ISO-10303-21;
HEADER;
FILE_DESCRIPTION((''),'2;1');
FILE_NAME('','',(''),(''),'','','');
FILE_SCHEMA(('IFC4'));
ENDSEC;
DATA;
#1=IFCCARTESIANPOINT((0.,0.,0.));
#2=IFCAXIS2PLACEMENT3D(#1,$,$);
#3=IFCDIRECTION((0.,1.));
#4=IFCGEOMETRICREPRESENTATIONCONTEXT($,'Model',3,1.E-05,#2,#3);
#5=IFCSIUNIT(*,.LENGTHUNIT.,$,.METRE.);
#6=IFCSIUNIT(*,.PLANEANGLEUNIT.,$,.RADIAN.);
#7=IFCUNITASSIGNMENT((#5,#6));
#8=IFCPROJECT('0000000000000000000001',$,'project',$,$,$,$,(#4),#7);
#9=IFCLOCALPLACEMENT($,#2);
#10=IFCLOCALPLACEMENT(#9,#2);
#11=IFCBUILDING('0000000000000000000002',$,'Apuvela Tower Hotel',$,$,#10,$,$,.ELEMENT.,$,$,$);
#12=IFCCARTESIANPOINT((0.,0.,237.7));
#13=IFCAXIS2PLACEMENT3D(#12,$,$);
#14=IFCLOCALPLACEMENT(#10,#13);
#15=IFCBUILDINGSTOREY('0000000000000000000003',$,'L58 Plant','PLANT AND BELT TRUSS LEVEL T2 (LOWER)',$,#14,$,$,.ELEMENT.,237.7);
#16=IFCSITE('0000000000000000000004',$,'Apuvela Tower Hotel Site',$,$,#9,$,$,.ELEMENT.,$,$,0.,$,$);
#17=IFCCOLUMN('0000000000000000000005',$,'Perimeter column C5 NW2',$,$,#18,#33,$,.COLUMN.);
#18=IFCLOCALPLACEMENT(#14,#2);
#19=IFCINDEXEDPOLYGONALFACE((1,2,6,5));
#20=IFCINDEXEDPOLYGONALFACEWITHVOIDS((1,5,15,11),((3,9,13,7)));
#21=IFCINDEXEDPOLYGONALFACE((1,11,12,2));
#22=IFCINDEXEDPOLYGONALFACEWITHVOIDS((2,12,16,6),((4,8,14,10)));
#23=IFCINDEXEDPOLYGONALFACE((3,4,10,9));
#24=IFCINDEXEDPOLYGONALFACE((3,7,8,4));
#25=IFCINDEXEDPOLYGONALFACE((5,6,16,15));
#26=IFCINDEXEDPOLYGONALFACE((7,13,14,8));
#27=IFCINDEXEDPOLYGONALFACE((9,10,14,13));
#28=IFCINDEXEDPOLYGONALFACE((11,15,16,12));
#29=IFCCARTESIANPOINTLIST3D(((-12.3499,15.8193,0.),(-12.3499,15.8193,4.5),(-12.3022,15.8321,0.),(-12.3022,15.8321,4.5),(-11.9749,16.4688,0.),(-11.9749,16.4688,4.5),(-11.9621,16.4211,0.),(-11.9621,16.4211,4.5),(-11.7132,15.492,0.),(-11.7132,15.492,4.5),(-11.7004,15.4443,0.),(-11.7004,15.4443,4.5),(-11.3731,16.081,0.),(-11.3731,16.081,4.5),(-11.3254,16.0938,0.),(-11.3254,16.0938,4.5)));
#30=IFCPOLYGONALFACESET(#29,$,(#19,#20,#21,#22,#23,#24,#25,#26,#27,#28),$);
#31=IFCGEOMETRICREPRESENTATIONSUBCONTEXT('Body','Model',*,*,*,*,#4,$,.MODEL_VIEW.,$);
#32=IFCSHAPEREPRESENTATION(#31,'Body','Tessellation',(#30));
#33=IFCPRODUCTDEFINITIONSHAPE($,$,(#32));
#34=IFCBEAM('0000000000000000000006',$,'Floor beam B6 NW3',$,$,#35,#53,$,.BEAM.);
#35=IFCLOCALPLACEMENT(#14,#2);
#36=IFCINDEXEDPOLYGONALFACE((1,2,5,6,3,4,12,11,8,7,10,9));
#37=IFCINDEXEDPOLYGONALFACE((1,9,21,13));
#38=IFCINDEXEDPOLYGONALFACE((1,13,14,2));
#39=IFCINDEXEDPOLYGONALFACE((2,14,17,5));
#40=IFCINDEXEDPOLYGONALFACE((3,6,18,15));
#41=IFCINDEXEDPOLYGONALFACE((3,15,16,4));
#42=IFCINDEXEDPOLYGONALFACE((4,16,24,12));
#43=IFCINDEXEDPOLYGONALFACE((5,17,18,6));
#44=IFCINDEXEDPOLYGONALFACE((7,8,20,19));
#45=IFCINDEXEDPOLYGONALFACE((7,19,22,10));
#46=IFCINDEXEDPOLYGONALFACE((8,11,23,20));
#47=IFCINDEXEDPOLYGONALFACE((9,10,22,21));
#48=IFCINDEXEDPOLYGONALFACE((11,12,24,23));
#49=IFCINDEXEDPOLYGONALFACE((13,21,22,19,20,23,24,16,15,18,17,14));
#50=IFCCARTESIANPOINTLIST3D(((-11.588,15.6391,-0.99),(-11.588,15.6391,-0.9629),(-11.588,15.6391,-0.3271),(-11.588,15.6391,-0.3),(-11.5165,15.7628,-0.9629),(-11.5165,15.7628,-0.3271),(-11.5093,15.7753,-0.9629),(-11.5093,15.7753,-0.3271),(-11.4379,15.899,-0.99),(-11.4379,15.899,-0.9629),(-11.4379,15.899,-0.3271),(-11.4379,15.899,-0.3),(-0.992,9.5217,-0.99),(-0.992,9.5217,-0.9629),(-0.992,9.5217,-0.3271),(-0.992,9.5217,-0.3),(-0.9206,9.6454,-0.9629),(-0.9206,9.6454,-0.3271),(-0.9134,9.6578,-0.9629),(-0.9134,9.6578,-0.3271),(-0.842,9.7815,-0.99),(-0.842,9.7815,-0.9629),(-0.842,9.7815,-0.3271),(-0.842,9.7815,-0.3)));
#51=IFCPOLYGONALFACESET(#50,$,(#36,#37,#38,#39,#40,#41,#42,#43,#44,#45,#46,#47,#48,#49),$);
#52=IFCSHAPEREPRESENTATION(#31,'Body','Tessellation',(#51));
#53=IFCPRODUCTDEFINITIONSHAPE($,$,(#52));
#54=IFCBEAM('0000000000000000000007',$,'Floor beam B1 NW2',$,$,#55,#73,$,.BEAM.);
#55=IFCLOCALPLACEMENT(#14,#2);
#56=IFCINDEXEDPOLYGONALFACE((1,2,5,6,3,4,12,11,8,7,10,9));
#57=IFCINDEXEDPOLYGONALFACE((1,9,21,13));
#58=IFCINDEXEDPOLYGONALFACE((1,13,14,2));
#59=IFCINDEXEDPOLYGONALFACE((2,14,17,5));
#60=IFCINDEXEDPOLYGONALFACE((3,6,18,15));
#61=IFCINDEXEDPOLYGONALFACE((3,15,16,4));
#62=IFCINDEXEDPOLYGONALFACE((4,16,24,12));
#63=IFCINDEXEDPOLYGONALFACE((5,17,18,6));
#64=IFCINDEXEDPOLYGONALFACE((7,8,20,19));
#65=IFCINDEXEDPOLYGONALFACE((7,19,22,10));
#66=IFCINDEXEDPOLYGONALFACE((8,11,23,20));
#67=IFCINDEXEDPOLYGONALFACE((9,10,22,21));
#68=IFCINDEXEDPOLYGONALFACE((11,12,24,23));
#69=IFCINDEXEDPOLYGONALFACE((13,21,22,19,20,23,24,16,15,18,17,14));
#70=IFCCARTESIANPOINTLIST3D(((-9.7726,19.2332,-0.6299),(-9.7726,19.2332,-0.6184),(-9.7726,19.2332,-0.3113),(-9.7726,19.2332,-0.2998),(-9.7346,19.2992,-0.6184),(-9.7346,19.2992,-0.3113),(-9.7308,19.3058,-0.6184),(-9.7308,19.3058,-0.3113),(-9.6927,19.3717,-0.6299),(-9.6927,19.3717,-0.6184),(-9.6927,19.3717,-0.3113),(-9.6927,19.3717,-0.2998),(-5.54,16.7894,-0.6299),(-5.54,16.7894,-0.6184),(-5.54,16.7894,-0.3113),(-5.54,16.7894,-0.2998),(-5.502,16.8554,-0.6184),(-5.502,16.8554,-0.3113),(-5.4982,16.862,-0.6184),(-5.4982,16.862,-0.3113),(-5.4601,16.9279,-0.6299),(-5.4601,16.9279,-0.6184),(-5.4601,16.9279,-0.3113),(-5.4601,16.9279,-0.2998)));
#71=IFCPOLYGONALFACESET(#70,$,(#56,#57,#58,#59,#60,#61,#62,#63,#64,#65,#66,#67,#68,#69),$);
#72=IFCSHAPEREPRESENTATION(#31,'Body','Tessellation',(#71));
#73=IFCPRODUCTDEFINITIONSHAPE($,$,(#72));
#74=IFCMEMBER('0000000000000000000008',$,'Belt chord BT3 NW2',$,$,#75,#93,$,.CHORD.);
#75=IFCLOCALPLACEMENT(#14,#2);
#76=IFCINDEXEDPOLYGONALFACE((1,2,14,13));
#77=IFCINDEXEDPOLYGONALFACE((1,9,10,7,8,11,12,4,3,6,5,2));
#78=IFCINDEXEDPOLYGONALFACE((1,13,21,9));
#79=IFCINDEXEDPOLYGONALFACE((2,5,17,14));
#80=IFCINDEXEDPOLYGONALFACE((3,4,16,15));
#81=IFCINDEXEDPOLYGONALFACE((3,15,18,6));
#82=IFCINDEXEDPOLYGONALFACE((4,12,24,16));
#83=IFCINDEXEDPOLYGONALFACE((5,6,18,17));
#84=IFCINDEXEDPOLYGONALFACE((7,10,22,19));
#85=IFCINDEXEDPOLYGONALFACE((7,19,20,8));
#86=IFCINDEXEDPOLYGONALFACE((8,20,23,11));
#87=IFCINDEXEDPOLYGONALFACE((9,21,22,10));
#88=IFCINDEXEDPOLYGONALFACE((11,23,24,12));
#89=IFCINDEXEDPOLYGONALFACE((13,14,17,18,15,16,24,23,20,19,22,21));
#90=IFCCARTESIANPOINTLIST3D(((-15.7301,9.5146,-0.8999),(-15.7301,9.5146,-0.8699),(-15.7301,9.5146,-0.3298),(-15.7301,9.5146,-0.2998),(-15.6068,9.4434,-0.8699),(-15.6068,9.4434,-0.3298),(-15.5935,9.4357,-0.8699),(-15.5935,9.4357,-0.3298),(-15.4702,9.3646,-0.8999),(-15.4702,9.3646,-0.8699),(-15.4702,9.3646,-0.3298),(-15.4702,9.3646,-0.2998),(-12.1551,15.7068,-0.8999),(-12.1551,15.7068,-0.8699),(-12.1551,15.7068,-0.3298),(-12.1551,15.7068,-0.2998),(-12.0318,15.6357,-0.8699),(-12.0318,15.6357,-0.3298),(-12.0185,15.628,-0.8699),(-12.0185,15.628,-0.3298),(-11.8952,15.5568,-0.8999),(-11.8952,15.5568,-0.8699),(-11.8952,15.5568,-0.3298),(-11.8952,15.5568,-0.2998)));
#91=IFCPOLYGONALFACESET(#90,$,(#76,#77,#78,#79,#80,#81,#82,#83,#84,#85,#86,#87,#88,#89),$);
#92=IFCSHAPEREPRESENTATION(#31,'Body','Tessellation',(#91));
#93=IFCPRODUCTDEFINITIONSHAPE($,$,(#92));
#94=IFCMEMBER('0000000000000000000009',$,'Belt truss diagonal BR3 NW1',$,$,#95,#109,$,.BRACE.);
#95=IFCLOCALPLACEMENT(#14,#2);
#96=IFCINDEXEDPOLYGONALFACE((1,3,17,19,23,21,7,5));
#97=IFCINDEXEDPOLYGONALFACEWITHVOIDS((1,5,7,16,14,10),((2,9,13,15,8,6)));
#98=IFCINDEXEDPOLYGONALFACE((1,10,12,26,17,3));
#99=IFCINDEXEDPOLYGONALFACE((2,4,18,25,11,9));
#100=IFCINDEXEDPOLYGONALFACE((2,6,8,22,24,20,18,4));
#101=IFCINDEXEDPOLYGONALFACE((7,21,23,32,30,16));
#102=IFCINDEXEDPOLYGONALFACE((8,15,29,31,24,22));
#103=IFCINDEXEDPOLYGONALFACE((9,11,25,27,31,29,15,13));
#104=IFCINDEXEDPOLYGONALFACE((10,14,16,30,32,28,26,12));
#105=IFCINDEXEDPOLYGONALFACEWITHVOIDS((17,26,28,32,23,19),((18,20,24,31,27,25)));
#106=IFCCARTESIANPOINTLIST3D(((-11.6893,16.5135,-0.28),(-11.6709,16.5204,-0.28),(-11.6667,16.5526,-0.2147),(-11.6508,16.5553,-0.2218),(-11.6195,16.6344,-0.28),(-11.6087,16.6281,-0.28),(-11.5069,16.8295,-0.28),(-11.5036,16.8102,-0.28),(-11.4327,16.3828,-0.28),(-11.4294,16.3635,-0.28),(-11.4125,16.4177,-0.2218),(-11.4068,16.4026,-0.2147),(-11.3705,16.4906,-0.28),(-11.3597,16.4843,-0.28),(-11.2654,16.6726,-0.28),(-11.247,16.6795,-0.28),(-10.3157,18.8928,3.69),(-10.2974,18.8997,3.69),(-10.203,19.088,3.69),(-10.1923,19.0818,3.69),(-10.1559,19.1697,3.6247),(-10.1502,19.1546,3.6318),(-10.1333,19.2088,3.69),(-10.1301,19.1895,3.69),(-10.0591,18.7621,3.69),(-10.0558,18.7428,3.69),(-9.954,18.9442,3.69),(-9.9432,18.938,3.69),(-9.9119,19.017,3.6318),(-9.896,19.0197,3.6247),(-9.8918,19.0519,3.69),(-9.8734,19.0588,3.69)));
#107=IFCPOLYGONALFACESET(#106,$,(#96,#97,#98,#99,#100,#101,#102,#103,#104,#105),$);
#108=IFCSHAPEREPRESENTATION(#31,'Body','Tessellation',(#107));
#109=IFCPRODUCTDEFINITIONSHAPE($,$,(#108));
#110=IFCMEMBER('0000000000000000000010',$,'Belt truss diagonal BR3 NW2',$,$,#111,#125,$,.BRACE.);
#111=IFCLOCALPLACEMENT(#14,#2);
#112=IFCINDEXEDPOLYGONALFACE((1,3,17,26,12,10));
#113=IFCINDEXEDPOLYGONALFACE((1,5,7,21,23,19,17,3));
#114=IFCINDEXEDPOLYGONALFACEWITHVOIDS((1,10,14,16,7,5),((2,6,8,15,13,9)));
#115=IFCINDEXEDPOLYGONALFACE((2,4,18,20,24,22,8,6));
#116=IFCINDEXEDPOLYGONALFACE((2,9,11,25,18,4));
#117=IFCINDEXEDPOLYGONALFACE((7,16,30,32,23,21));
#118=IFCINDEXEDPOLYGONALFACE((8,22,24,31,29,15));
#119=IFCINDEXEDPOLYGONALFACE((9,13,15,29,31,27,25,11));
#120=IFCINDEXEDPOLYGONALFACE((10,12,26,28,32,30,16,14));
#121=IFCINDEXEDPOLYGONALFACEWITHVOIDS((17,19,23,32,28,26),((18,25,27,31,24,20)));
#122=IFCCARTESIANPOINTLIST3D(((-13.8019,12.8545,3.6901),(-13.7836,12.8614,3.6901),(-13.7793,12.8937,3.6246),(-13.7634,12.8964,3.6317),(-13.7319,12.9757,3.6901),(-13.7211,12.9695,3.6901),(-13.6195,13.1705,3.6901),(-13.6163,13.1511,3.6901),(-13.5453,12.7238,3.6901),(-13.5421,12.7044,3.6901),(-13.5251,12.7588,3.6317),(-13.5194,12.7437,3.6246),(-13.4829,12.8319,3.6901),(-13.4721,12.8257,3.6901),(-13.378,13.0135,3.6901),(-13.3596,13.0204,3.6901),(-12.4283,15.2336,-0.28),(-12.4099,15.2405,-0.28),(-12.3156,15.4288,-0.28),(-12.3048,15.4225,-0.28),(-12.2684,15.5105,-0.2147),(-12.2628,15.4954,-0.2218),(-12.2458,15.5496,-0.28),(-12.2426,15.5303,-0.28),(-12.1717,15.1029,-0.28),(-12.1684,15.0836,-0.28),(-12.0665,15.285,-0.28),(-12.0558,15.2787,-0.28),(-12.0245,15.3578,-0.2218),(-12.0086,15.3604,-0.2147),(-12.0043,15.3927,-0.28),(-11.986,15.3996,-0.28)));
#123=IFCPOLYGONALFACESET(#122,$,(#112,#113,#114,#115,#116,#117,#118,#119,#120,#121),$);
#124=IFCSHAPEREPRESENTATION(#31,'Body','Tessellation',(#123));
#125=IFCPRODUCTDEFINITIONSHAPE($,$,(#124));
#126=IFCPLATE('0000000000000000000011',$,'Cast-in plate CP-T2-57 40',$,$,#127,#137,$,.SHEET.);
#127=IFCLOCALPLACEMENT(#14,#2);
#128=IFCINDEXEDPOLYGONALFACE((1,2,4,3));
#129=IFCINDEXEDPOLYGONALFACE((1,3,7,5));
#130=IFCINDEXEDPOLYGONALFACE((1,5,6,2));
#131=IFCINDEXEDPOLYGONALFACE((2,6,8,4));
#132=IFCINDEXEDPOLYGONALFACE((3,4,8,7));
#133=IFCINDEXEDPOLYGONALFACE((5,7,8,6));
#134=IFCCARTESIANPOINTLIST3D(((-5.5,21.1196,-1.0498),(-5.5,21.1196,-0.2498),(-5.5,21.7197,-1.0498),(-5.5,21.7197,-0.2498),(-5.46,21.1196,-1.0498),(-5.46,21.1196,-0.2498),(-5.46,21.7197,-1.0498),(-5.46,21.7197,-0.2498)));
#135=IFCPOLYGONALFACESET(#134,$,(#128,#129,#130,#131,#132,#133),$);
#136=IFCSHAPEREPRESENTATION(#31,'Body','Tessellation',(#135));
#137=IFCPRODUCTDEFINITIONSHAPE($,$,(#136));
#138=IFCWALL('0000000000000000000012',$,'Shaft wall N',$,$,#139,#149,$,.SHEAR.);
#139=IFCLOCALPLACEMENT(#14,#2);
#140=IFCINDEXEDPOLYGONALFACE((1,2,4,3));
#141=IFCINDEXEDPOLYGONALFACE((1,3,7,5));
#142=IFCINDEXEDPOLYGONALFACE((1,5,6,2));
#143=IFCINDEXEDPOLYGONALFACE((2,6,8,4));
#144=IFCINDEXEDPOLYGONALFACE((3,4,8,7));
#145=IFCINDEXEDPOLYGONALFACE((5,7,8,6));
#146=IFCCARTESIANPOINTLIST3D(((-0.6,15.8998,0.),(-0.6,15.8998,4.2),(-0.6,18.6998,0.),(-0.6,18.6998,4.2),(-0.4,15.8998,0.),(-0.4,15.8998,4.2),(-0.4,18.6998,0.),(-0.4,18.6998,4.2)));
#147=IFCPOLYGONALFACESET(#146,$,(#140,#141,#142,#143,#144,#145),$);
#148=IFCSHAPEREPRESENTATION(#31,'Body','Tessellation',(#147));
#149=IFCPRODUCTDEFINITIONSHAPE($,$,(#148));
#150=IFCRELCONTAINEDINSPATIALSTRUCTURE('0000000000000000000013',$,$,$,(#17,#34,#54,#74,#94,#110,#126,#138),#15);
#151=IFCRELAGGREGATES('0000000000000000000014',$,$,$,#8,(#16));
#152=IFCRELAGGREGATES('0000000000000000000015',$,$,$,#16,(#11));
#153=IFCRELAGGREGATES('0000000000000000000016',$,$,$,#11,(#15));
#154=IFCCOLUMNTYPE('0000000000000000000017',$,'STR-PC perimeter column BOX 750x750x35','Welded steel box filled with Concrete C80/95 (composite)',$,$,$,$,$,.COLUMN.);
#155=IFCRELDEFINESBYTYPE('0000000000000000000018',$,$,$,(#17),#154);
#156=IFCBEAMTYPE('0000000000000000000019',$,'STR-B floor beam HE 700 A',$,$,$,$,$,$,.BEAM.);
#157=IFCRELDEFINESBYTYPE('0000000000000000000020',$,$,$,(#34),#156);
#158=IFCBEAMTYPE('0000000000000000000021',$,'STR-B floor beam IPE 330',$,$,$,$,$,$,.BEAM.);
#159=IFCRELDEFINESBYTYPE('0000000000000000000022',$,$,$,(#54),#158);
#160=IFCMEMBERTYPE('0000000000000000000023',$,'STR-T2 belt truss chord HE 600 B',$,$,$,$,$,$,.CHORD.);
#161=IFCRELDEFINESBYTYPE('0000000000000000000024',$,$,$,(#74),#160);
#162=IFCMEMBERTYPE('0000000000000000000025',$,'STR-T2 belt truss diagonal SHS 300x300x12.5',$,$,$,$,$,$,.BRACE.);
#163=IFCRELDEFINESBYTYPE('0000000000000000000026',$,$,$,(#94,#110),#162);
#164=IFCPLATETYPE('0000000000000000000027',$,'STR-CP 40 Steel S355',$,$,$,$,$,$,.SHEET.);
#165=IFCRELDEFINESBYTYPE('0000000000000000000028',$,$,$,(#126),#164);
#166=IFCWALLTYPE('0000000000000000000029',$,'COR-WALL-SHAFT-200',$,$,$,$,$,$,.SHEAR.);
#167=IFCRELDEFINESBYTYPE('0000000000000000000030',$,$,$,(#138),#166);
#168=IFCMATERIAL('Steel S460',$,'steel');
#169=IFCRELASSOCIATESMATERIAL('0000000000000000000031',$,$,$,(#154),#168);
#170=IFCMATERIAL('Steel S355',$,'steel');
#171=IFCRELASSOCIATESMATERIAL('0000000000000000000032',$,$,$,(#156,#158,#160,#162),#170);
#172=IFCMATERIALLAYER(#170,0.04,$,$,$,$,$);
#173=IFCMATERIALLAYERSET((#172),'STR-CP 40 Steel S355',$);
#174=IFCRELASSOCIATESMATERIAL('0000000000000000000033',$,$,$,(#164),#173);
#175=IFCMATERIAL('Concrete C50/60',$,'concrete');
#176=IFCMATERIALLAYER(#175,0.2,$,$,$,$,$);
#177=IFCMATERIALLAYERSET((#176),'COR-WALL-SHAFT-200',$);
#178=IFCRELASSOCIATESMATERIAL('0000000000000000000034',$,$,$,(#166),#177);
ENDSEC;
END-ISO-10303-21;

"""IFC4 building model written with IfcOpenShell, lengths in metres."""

from ifc_helpers import new_model, si_unit, direction, frame, frame_2d, origin, origin_2d, place, context, subcontext, project, spatial, rectangle, hollow_rectangle, i_section, extrude, boolean, halfspace, material, layer, layer_set, material_profile, profile_set, type_object, element, save


model = new_model("IFC4")

# Units and contexts
model_context = context("Model", 3, precision=1e-05, world=origin(), true_north=direction((0.0, 1.0)))
body_context = subcontext(model_context, "Body", "Model", "MODEL_VIEW")
ifc_project = project(units=[si_unit("LENGTHUNIT", "METRE"), si_unit("PLANEANGLEUNIT", "RADIAN")], contexts=[model_context])

# Site, building, storey
site_placement = place(None, origin())
site = spatial("IfcSite", under=ifc_project, at=site_placement, Name="Apuvela Tower Hotel Site", CompositionType="ELEMENT", RefElevation=0.0)
building_placement = place(site_placement, origin())
building = spatial("IfcBuilding", under=site, at=building_placement, Name="Apuvela Tower Hotel", CompositionType="ELEMENT")
storey_placement = place(building_placement, frame((0.0, 0.0, 237.7)))
storey = spatial("IfcBuildingStorey", under=building, at=storey_placement, Name="L58 Plant", Description="PLANT AND BELT TRUSS LEVEL T2 (LOWER)", CompositionType="ELEMENT", Elevation=237.7)

# Column
ifc_material_1 = material(Name="Steel S460", Category="steel")
ifc_material_profile_1 = material_profile(ifc_material_1, hollow_rectangle(XDim=0.75, YDim=0.75, WallThickness=0.0349, at=origin_2d()), Name="BOX 750x750x35")
ifc_material_2 = material(Name="Concrete C80/95", Category="concrete")
ifc_material_profile_2 = material_profile(ifc_material_2, rectangle(XDim=0.6799, YDim=0.6799, at=origin_2d()), Name="Concrete C80/95 infill")
ifc_profile_set_1 = profile_set([ifc_material_profile_1, ifc_material_profile_2], Name="Steel S460")
column_type = type_object("IfcColumnType", Name="STR-PC perimeter column BOX 750x750x35", Description="Welded steel box filled with Concrete C80/95 (composite)", PredefinedType="COLUMN", material=ifc_profile_set_1)
column_placement = place(storey_placement, frame((-11.8376, 15.9565, 0.0), z_axis=(0.0, 0.0, 1.0), x_axis=(0.5, 0.866025, 0.0)))
element("IfcColumn", 1, at=column_placement, inside=storey, type_object=column_type, Name="Perimeter column C5 NW2", PredefinedType="COLUMN", context=body_context, shape_type="SweptSolid", body=[
    extrude(hollow_rectangle(XDim=0.75, YDim=0.75, WallThickness=0.0349, at=origin_2d()), origin(), (0.0, 0.0, 1.0), 4.5),
])

# Beams
ifc_material_3 = material(Name="Steel S355", Category="steel")
ifc_material_profile_3 = material_profile(ifc_material_3, i_section(OverallWidth=0.3, OverallDepth=0.6899, WebThickness=0.0144, FlangeThickness=0.0271, at=origin_2d()), Name="HE 700 A")
ifc_profile_set_2 = profile_set([ifc_material_profile_3], Name="Steel S355")
beam_type_1 = type_object("IfcBeamType", Name="STR-B floor beam HE 700 A", PredefinedType="BEAM", material=ifc_profile_set_2)
beam_1_placement = place(storey_placement, frame((-11.5129, 15.769, -0.645), z_axis=(0.86603, -0.499991, 0.0), x_axis=(0.499991, 0.86603, 0.0)))
element("IfcBeam", 2, at=beam_1_placement, inside=storey, type_object=beam_type_1, Name="Floor beam B6 NW3", PredefinedType="BEAM", context=body_context, shape_type="SweptSolid", body=[
    extrude(i_section(OverallWidth=0.3, OverallDepth=0.6899, WebThickness=0.0144, FlangeThickness=0.0271, at=origin_2d()), origin(), (0.0, 0.0, 1.0), 12.2351),
])
ifc_material_profile_4 = material_profile(ifc_material_3, i_section(OverallWidth=0.1599, OverallDepth=0.3301, WebThickness=0.0076, FlangeThickness=0.0115, at=origin_2d()), Name="IPE 330")
ifc_profile_set_3 = profile_set([ifc_material_profile_4], Name="Steel S355")
beam_type_2 = type_object("IfcBeamType", Name="STR-B floor beam IPE 330", PredefinedType="BEAM", material=ifc_profile_set_3)
beam_2_placement = place(storey_placement, frame((-9.7327, 19.3025, -0.4648), z_axis=(0.866015, -0.500018, 0.0), x_axis=(0.500018, 0.866015, 0.0)))
element("IfcBeam", 3, at=beam_2_placement, inside=storey, type_object=beam_type_2, Name="Floor beam B1 NW2", PredefinedType="BEAM", context=body_context, shape_type="SweptSolid", body=[
    extrude(i_section(OverallWidth=0.1599, OverallDepth=0.3301, WebThickness=0.0076, FlangeThickness=0.0115, at=origin_2d()), origin(), (0.0, 0.0, 1.0), 4.8875),
])

# Members
ifc_material_profile_5 = material_profile(ifc_material_3, i_section(OverallWidth=0.3, OverallDepth=0.6001, WebThickness=0.0154, FlangeThickness=0.03, at=origin_2d()), Name="HE 600 B")
ifc_profile_set_4 = profile_set([ifc_material_profile_5], Name="Steel S355")
member_type_1 = type_object("IfcMemberType", Name="STR-T2 belt truss chord HE 600 B", PredefinedType="CHORD", material=ifc_profile_set_4)
member_1_placement = place(storey_placement, frame((-12.0251, 15.6318, -0.5999), z_axis=(-0.499991, -0.86603, 0.0), x_axis=(0.86603, -0.499991, 0.0)))
element("IfcMember", 4, at=member_1_placement, inside=storey, type_object=member_type_1, Name="Belt chord BT3 NW2", PredefinedType="CHORD", context=body_context, shape_type="SweptSolid", body=[
    extrude(i_section(OverallWidth=0.3, OverallDepth=0.6001, WebThickness=0.0154, FlangeThickness=0.03, at=origin_2d()), origin(), (0.0, 0.0, 1.0), 7.1501),
])
ifc_material_profile_6 = material_profile(ifc_material_3, hollow_rectangle(XDim=0.3, YDim=0.3, WallThickness=0.0125, at=origin_2d()), Name="SHS 300x300x12.5")
ifc_profile_set_5 = profile_set([ifc_material_profile_6], Name="Steel S355")
member_type_2 = type_object("IfcMemberType", Name="STR-T2 belt truss diagonal SHS 300x300x12.5", PredefinedType="BRACE", material=ifc_profile_set_5)
member_2_placement = place(storey_placement, frame((-11.4751, 16.5845, -0.3), z_axis=(0.284512, 0.492828, 0.822298), x_axis=(-0.411125, -0.712144, 0.569058)))
solid_1 = boolean("DIFFERENCE", boolean("DIFFERENCE", extrude(hollow_rectangle(XDim=0.3, YDim=0.3, WallThickness=0.0125, at=origin_2d()), frame((0.0, 0.0, -0.2239)), (0.0, 0.0, 1.0), 5.3242), halfspace(frame((0.0, 0.0, 0.0244), z_axis=(0.569058, 0.0, 0.822298), x_axis=(0.822298, 0.0, -0.569058)), True)), halfspace(frame((0.0, 0.0, 4.8523), z_axis=(0.569058, 0.0, 0.822298), x_axis=(0.822298, 0.0, -0.569058)), False))
element("IfcMember", 5, at=member_2_placement, inside=storey, type_object=member_type_2, Name="Belt truss diagonal BR3 NW1", PredefinedType="BRACE", context=body_context, shape_type="SweptSolid", body=[
    boolean("UNION", boolean("DIFFERENCE", boolean("DIFFERENCE", extrude(hollow_rectangle(XDim=0.3, YDim=0.3, WallThickness=0.0125, at=origin_2d()), origin(), (0.0, 0.0, 1.0), 4.8767), halfspace(frame((0.0, 0.0, 0.0244), z_axis=(0.569058, 0.0, 0.822298), x_axis=(0.822298, 0.0, -0.569058)), True)), halfspace(frame((0.0, 0.0, 4.8523), z_axis=(0.569058, 0.0, 0.822298), x_axis=(0.822298, 0.0, -0.569058)), False)), solid_1),
])
member_3_placement = place(storey_placement, frame((-12.2002, 15.3286, -0.3), z_axis=(-0.284519, -0.49279, 0.822318), x_axis=(0.411167, 0.712144, 0.569028)))
solid_2 = boolean("DIFFERENCE", boolean("DIFFERENCE", extrude(hollow_rectangle(XDim=0.3, YDim=0.3, WallThickness=0.0125, at=origin_2d()), frame((0.0, 0.0, -0.2239)), (0.0, 0.0, 1.0), 5.324), halfspace(frame((0.0, 0.0, 0.0244), z_axis=(0.569028, 0.0, 0.822318), x_axis=(0.822318, 0.0, -0.569028)), True)), halfspace(frame((0.0, 0.0, 4.8523), z_axis=(0.569028, 0.0, 0.822318), x_axis=(0.822318, 0.0, -0.569028)), False))
element("IfcMember", 6, at=member_3_placement, inside=storey, type_object=member_type_2, Name="Belt truss diagonal BR3 NW2", PredefinedType="BRACE", context=body_context, shape_type="SweptSolid", body=[
    boolean("UNION", boolean("DIFFERENCE", boolean("DIFFERENCE", extrude(hollow_rectangle(XDim=0.3, YDim=0.3, WallThickness=0.0125, at=origin_2d()), origin(), (0.0, 0.0, 1.0), 4.8765), halfspace(frame((0.0, 0.0, 0.0244), z_axis=(0.569028, 0.0, 0.822318), x_axis=(0.822318, 0.0, -0.569028)), True)), halfspace(frame((0.0, 0.0, 4.8523), z_axis=(0.569028, 0.0, 0.822318), x_axis=(0.822318, 0.0, -0.569028)), False)), solid_2),
])

# Plate
ifc_layer_1 = layer(ifc_material_3, 0.04)
ifc_layer_set_1 = layer_set([ifc_layer_1], Name="STR-CP 40 Steel S355")
plate_type = type_object("IfcPlateType", Name="STR-CP 40 Steel S355", PredefinedType="SHEET", material=ifc_layer_set_1)
plate_placement = place(storey_placement, frame((-5.48, 21.4197, -1.0498), z_axis=(0.0, 0.0, 1.0), x_axis=(1.0, 0.0, 0.0)))
element("IfcPlate", 7, at=plate_placement, inside=storey, type_object=plate_type, Name="Cast-in plate CP-T2-57 40", PredefinedType="SHEET", context=body_context, shape_type="SweptSolid", body=[
    extrude(rectangle(XDim=0.04, YDim=0.6001, at=origin_2d()), origin(), (0.0, 0.0, 1.0), 0.8),
])

# Wall
ifc_material_4 = material(Name="Concrete C50/60", Category="concrete")
ifc_layer_2 = layer(ifc_material_4, 0.2)
ifc_layer_set_2 = layer_set([ifc_layer_2], Name="COR-WALL-SHAFT-200")
wall_type = type_object("IfcWallType", Name="COR-WALL-SHAFT-200", PredefinedType="SHEAR", material=ifc_layer_set_2)
wall_1_placement = place(storey_placement, frame((-0.5, 15.8999, 0.0), z_axis=(0.0, 0.0, 1.0), x_axis=(0.0, 1.0, 0.0)))
element("IfcWall", 8, at=wall_1_placement, inside=storey, type_object=wall_type, Name="Shaft wall N", PredefinedType="SHEAR", context=body_context, shape_type="SweptSolid", body=[
    extrude(rectangle(XDim=2.8, YDim=0.2, at=frame_2d((1.3999, 0.0))), origin(), (0.0, 0.0, 1.0), 4.2),
])

save(model, "model.ifc")
